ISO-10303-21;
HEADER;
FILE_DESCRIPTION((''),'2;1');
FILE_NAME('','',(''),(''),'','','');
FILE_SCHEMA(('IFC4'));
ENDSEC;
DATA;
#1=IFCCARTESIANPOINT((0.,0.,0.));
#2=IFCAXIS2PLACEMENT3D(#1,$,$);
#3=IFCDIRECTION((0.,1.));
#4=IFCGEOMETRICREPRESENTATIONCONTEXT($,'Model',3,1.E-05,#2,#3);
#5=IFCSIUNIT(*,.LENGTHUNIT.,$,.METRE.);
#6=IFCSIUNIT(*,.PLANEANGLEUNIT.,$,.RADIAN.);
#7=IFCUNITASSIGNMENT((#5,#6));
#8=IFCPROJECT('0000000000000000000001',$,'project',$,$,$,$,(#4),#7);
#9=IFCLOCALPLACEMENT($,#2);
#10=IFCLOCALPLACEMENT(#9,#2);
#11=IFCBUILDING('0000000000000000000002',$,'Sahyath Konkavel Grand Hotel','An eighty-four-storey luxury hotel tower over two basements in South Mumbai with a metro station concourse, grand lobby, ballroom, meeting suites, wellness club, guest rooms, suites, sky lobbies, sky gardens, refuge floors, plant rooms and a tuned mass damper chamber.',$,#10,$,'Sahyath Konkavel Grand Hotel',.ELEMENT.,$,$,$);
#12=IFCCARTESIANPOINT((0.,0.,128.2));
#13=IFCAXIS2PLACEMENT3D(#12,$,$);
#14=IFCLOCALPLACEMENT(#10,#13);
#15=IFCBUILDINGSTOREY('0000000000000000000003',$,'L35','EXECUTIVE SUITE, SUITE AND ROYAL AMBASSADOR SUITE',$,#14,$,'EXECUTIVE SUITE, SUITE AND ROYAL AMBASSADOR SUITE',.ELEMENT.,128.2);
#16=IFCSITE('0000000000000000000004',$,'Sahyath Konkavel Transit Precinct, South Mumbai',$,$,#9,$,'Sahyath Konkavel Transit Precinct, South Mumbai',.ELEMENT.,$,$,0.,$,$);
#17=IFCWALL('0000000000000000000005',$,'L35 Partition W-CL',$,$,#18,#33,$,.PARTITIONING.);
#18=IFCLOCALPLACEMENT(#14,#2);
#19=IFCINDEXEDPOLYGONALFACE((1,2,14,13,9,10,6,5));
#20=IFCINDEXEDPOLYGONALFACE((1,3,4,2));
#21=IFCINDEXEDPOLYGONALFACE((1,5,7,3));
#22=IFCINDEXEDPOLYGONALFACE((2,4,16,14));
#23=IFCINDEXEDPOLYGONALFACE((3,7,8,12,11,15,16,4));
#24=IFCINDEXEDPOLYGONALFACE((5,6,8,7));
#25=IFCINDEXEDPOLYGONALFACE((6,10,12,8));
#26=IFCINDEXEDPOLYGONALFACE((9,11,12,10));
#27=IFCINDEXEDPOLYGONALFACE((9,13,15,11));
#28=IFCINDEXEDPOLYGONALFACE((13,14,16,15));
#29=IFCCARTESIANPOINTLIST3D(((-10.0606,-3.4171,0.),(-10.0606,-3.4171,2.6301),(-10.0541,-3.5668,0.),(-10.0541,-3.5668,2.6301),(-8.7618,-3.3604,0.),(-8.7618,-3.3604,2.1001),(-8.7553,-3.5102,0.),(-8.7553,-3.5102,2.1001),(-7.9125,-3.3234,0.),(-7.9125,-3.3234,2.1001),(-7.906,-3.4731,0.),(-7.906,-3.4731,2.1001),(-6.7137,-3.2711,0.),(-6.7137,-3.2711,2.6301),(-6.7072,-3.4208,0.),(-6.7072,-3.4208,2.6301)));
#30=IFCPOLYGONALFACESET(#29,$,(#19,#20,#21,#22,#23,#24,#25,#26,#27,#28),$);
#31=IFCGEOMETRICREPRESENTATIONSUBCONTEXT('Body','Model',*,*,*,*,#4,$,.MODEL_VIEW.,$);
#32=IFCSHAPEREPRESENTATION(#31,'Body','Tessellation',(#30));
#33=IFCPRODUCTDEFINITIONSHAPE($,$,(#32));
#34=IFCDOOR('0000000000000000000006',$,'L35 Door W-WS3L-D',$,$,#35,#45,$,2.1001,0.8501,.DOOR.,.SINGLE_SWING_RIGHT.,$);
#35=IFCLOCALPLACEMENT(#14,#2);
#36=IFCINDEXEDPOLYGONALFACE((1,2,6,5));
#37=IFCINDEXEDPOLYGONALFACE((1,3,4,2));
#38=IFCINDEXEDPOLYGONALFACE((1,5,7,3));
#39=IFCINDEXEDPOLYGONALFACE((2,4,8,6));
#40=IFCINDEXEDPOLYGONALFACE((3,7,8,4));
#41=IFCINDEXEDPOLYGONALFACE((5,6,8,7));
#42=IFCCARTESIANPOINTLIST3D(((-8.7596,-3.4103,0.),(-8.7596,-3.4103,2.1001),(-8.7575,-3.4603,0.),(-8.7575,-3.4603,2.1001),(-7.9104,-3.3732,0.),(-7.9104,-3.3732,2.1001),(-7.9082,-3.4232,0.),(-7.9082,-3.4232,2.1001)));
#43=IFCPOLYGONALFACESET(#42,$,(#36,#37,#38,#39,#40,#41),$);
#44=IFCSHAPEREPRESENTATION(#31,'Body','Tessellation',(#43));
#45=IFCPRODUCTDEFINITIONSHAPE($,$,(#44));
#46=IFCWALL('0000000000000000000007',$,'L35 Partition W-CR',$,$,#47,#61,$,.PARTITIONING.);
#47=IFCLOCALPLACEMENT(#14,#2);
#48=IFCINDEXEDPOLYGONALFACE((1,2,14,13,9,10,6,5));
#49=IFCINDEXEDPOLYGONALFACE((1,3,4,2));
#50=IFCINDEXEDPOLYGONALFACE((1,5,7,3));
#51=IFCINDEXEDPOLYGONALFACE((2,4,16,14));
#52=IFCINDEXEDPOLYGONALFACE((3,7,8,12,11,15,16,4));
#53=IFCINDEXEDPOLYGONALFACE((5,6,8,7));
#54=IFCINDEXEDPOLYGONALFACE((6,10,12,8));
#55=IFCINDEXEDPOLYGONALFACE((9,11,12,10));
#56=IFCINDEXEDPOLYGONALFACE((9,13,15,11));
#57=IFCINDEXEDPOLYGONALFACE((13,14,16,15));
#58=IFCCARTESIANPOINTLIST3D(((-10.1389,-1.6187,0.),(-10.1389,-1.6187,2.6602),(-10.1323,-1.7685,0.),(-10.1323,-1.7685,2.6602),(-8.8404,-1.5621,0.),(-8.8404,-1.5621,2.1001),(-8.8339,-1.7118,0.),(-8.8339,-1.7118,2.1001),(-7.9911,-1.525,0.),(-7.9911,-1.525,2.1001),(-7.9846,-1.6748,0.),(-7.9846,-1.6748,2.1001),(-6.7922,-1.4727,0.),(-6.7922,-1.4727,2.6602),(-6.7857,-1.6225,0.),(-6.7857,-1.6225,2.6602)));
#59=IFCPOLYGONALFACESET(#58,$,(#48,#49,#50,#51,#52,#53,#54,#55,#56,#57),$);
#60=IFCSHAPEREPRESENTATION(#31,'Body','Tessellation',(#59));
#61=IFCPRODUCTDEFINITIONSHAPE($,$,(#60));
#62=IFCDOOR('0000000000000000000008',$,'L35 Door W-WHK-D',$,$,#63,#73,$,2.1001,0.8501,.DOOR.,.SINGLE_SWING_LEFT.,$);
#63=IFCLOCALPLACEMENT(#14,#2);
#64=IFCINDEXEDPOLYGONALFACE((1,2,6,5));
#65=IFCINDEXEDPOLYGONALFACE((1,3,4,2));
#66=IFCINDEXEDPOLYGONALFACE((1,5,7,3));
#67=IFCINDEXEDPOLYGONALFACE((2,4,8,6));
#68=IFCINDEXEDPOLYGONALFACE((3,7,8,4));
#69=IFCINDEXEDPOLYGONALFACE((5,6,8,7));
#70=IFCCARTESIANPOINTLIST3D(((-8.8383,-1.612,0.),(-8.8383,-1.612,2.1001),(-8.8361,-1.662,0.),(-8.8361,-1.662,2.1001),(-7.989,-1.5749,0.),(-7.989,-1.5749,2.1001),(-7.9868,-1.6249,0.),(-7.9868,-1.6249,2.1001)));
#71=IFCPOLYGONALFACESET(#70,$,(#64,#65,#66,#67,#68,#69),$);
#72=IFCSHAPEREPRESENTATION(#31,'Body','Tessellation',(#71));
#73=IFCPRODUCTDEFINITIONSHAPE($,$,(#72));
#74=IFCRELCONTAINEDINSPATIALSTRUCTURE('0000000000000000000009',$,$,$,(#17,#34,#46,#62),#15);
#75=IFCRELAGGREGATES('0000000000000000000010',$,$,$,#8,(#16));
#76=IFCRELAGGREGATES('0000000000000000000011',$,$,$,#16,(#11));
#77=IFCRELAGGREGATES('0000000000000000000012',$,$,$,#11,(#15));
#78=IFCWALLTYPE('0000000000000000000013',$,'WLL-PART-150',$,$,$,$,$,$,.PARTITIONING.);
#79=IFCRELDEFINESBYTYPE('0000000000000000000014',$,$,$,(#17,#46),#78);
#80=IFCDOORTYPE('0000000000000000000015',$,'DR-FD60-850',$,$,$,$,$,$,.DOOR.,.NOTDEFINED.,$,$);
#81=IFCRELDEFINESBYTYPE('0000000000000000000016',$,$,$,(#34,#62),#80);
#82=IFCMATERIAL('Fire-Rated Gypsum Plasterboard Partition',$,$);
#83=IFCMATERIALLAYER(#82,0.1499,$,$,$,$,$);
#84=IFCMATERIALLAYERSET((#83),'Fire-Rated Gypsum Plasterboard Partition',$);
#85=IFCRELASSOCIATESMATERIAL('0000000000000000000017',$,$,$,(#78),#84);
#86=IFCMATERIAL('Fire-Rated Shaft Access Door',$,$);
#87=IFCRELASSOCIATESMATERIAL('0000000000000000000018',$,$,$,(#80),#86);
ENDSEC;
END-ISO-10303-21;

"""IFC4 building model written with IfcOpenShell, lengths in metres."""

from ifc_helpers import new_model, si_unit, direction, frame, frame_2d, origin, origin_2d, place, context, subcontext, project, spatial, rectangle, extrude, source, transform, mapped, material, layer, layer_set, type_object, element, fill, save


model = new_model("IFC4")

# Units and contexts
model_context = context("Model", 3, precision=1e-05, world=origin(), true_north=direction((0.0, 1.0)))
body_context = subcontext(model_context, "Body", "Model", "MODEL_VIEW")
ifc_project = project(units=[si_unit("LENGTHUNIT", "METRE"), si_unit("PLANEANGLEUNIT", "RADIAN")], contexts=[model_context])

# Site, building, storey
site_placement = place(None, origin())
site = spatial("IfcSite", under=ifc_project, at=site_placement, Name="Sahyath Konkavel Transit Precinct, South Mumbai", LongName="Sahyath Konkavel Transit Precinct, South Mumbai", CompositionType="ELEMENT", RefElevation=0.0)
building_placement = place(site_placement, origin())
building = spatial("IfcBuilding", under=site, at=building_placement, Name="Sahyath Konkavel Grand Hotel", Description="An eighty-four-storey luxury hotel tower over two basements in South Mumbai with a metro station concourse, grand lobby, ballroom, meeting suites, wellness club, guest rooms, suites, sky lobbies, sky gardens, refuge floors, plant rooms and a tuned mass damper chamber.", LongName="Sahyath Konkavel Grand Hotel", CompositionType="ELEMENT")
storey_placement = place(building_placement, frame((0.0, 0.0, 128.2)))
storey = spatial("IfcBuildingStorey", under=building, at=storey_placement, Name="L35", Description="EXECUTIVE SUITE, SUITE AND ROYAL AMBASSADOR SUITE", LongName="EXECUTIVE SUITE, SUITE AND ROYAL AMBASSADOR SUITE", CompositionType="ELEMENT", Elevation=128.2)

# Shared definitions
ifc_material_1 = material(Name="Fire-Rated Gypsum Plasterboard Partition")
ifc_layer_1 = layer(ifc_material_1, 0.1499)
ifc_layer_set_1 = layer_set([ifc_layer_1], Name="Fire-Rated Gypsum Plasterboard Partition")
wall_type_1 = type_object("IfcWallType", Name="WLL-PART-150", PredefinedType="PARTITIONING", material=ifc_layer_set_1)

# Shared definitions
ifc_material_2 = material(Name="Fire-Rated Shaft Access Door")
door_type_1 = type_object("IfcDoorType", Name="DR-FD60-850", OperationType="NOTDEFINED", PredefinedType="DOOR", material=ifc_material_2)
shared_shape_1 = source(origin(), body_context, "Body", "SweptSolid", [
    extrude(rectangle(XDim=0.8501, YDim=0.05, at=origin_2d()), origin(), (0.0, 0.0, 1.0), 2.1001),
])

# Walls, openings, doors
wall_1_placement = place(storey_placement, frame((-6.7104, -3.3459, 0.0), z_axis=(0.0, 0.0, 1.0), x_axis=(-0.99905, -0.04358, 0.0)))
wall_1 = element("IfcWall", 1, at=wall_1_placement, inside=storey, type_object=wall_type_1, Name="L35 Partition W-CL", PredefinedType="PARTITIONING", context=body_context, shape_type="SweptSolid", body=[
    extrude(rectangle(XDim=3.3501, YDim=0.1499, at=frame_2d((1.675, 0.0))), origin(), (0.0, 0.0, 1.0), 2.6301),
])
opening_1_placement = place(wall_1_placement, frame((1.2, 0.0, 0.0)))
opening_1 = element("IfcOpeningElement", 2, at=opening_1_placement, cuts=wall_1, PredefinedType="OPENING", context=body_context, shape_type="SweptSolid", body=[
    extrude(rectangle(XDim=0.8501, YDim=2.1001, at=frame_2d((0.425, 1.05))), frame((0.0, 0.085, 0.0), z_axis=(0.0, -1.0, 0.0), x_axis=(1.0, 0.0, 0.0)), (0.0, 0.0, 1.0), 0.1699),
])
door_1_placement = place(opening_1_placement, frame((0.425, 0.0, 0.0)))
door_1 = element("IfcDoor", 3, at=door_1_placement, inside=storey, type_object=door_type_1, Name="L35 Door W-WS3L-D", OperationType="SINGLE_SWING_RIGHT", OverallHeight=2.1001, OverallWidth=0.8501, PredefinedType="DOOR", context=body_context, shape_type="MappedRepresentation", body=[
    mapped(shared_shape_1, transform((0.0, 0.0, 0.0), scale=1.0)),
])
fill(opening_1, door_1)
wall_2_placement = place(storey_placement, frame((-6.7891, -1.5476, 0.0), z_axis=(0.0, 0.0, 1.0), x_axis=(-0.99905, -0.043583, 0.0)))
wall_2 = element("IfcWall", 4, at=wall_2_placement, inside=storey, type_object=wall_type_1, Name="L35 Partition W-CR", PredefinedType="PARTITIONING", context=body_context, shape_type="SweptSolid", body=[
    extrude(rectangle(XDim=3.3499, YDim=0.1499, at=frame_2d((1.6748, 0.0))), origin(), (0.0, 0.0, 1.0), 2.6602),
])
opening_2_placement = place(wall_2_placement, frame((1.2, 0.0, 0.0)))
opening_2 = element("IfcOpeningElement", 5, at=opening_2_placement, cuts=wall_2, PredefinedType="OPENING", context=body_context, shape_type="SweptSolid", body=[
    extrude(rectangle(XDim=0.8501, YDim=2.1001, at=frame_2d((0.425, 1.05))), frame((0.0, 0.085, 0.0), z_axis=(0.0, -1.0, 0.0), x_axis=(1.0, 0.0, 0.0)), (0.0, 0.0, 1.0), 0.1699),
])
door_2_placement = place(opening_2_placement, frame((0.425, 0.0, 0.0)))
door_2 = element("IfcDoor", 6, at=door_2_placement, inside=storey, type_object=door_type_1, Name="L35 Door W-WHK-D", OperationType="SINGLE_SWING_LEFT", OverallHeight=2.1001, OverallWidth=0.8501, PredefinedType="DOOR", context=body_context, shape_type="MappedRepresentation", body=[
    mapped(shared_shape_1, transform((0.0, 0.0, 0.0), scale=1.0)),
])
fill(opening_2, door_2)

save(model, "model.ifc")
